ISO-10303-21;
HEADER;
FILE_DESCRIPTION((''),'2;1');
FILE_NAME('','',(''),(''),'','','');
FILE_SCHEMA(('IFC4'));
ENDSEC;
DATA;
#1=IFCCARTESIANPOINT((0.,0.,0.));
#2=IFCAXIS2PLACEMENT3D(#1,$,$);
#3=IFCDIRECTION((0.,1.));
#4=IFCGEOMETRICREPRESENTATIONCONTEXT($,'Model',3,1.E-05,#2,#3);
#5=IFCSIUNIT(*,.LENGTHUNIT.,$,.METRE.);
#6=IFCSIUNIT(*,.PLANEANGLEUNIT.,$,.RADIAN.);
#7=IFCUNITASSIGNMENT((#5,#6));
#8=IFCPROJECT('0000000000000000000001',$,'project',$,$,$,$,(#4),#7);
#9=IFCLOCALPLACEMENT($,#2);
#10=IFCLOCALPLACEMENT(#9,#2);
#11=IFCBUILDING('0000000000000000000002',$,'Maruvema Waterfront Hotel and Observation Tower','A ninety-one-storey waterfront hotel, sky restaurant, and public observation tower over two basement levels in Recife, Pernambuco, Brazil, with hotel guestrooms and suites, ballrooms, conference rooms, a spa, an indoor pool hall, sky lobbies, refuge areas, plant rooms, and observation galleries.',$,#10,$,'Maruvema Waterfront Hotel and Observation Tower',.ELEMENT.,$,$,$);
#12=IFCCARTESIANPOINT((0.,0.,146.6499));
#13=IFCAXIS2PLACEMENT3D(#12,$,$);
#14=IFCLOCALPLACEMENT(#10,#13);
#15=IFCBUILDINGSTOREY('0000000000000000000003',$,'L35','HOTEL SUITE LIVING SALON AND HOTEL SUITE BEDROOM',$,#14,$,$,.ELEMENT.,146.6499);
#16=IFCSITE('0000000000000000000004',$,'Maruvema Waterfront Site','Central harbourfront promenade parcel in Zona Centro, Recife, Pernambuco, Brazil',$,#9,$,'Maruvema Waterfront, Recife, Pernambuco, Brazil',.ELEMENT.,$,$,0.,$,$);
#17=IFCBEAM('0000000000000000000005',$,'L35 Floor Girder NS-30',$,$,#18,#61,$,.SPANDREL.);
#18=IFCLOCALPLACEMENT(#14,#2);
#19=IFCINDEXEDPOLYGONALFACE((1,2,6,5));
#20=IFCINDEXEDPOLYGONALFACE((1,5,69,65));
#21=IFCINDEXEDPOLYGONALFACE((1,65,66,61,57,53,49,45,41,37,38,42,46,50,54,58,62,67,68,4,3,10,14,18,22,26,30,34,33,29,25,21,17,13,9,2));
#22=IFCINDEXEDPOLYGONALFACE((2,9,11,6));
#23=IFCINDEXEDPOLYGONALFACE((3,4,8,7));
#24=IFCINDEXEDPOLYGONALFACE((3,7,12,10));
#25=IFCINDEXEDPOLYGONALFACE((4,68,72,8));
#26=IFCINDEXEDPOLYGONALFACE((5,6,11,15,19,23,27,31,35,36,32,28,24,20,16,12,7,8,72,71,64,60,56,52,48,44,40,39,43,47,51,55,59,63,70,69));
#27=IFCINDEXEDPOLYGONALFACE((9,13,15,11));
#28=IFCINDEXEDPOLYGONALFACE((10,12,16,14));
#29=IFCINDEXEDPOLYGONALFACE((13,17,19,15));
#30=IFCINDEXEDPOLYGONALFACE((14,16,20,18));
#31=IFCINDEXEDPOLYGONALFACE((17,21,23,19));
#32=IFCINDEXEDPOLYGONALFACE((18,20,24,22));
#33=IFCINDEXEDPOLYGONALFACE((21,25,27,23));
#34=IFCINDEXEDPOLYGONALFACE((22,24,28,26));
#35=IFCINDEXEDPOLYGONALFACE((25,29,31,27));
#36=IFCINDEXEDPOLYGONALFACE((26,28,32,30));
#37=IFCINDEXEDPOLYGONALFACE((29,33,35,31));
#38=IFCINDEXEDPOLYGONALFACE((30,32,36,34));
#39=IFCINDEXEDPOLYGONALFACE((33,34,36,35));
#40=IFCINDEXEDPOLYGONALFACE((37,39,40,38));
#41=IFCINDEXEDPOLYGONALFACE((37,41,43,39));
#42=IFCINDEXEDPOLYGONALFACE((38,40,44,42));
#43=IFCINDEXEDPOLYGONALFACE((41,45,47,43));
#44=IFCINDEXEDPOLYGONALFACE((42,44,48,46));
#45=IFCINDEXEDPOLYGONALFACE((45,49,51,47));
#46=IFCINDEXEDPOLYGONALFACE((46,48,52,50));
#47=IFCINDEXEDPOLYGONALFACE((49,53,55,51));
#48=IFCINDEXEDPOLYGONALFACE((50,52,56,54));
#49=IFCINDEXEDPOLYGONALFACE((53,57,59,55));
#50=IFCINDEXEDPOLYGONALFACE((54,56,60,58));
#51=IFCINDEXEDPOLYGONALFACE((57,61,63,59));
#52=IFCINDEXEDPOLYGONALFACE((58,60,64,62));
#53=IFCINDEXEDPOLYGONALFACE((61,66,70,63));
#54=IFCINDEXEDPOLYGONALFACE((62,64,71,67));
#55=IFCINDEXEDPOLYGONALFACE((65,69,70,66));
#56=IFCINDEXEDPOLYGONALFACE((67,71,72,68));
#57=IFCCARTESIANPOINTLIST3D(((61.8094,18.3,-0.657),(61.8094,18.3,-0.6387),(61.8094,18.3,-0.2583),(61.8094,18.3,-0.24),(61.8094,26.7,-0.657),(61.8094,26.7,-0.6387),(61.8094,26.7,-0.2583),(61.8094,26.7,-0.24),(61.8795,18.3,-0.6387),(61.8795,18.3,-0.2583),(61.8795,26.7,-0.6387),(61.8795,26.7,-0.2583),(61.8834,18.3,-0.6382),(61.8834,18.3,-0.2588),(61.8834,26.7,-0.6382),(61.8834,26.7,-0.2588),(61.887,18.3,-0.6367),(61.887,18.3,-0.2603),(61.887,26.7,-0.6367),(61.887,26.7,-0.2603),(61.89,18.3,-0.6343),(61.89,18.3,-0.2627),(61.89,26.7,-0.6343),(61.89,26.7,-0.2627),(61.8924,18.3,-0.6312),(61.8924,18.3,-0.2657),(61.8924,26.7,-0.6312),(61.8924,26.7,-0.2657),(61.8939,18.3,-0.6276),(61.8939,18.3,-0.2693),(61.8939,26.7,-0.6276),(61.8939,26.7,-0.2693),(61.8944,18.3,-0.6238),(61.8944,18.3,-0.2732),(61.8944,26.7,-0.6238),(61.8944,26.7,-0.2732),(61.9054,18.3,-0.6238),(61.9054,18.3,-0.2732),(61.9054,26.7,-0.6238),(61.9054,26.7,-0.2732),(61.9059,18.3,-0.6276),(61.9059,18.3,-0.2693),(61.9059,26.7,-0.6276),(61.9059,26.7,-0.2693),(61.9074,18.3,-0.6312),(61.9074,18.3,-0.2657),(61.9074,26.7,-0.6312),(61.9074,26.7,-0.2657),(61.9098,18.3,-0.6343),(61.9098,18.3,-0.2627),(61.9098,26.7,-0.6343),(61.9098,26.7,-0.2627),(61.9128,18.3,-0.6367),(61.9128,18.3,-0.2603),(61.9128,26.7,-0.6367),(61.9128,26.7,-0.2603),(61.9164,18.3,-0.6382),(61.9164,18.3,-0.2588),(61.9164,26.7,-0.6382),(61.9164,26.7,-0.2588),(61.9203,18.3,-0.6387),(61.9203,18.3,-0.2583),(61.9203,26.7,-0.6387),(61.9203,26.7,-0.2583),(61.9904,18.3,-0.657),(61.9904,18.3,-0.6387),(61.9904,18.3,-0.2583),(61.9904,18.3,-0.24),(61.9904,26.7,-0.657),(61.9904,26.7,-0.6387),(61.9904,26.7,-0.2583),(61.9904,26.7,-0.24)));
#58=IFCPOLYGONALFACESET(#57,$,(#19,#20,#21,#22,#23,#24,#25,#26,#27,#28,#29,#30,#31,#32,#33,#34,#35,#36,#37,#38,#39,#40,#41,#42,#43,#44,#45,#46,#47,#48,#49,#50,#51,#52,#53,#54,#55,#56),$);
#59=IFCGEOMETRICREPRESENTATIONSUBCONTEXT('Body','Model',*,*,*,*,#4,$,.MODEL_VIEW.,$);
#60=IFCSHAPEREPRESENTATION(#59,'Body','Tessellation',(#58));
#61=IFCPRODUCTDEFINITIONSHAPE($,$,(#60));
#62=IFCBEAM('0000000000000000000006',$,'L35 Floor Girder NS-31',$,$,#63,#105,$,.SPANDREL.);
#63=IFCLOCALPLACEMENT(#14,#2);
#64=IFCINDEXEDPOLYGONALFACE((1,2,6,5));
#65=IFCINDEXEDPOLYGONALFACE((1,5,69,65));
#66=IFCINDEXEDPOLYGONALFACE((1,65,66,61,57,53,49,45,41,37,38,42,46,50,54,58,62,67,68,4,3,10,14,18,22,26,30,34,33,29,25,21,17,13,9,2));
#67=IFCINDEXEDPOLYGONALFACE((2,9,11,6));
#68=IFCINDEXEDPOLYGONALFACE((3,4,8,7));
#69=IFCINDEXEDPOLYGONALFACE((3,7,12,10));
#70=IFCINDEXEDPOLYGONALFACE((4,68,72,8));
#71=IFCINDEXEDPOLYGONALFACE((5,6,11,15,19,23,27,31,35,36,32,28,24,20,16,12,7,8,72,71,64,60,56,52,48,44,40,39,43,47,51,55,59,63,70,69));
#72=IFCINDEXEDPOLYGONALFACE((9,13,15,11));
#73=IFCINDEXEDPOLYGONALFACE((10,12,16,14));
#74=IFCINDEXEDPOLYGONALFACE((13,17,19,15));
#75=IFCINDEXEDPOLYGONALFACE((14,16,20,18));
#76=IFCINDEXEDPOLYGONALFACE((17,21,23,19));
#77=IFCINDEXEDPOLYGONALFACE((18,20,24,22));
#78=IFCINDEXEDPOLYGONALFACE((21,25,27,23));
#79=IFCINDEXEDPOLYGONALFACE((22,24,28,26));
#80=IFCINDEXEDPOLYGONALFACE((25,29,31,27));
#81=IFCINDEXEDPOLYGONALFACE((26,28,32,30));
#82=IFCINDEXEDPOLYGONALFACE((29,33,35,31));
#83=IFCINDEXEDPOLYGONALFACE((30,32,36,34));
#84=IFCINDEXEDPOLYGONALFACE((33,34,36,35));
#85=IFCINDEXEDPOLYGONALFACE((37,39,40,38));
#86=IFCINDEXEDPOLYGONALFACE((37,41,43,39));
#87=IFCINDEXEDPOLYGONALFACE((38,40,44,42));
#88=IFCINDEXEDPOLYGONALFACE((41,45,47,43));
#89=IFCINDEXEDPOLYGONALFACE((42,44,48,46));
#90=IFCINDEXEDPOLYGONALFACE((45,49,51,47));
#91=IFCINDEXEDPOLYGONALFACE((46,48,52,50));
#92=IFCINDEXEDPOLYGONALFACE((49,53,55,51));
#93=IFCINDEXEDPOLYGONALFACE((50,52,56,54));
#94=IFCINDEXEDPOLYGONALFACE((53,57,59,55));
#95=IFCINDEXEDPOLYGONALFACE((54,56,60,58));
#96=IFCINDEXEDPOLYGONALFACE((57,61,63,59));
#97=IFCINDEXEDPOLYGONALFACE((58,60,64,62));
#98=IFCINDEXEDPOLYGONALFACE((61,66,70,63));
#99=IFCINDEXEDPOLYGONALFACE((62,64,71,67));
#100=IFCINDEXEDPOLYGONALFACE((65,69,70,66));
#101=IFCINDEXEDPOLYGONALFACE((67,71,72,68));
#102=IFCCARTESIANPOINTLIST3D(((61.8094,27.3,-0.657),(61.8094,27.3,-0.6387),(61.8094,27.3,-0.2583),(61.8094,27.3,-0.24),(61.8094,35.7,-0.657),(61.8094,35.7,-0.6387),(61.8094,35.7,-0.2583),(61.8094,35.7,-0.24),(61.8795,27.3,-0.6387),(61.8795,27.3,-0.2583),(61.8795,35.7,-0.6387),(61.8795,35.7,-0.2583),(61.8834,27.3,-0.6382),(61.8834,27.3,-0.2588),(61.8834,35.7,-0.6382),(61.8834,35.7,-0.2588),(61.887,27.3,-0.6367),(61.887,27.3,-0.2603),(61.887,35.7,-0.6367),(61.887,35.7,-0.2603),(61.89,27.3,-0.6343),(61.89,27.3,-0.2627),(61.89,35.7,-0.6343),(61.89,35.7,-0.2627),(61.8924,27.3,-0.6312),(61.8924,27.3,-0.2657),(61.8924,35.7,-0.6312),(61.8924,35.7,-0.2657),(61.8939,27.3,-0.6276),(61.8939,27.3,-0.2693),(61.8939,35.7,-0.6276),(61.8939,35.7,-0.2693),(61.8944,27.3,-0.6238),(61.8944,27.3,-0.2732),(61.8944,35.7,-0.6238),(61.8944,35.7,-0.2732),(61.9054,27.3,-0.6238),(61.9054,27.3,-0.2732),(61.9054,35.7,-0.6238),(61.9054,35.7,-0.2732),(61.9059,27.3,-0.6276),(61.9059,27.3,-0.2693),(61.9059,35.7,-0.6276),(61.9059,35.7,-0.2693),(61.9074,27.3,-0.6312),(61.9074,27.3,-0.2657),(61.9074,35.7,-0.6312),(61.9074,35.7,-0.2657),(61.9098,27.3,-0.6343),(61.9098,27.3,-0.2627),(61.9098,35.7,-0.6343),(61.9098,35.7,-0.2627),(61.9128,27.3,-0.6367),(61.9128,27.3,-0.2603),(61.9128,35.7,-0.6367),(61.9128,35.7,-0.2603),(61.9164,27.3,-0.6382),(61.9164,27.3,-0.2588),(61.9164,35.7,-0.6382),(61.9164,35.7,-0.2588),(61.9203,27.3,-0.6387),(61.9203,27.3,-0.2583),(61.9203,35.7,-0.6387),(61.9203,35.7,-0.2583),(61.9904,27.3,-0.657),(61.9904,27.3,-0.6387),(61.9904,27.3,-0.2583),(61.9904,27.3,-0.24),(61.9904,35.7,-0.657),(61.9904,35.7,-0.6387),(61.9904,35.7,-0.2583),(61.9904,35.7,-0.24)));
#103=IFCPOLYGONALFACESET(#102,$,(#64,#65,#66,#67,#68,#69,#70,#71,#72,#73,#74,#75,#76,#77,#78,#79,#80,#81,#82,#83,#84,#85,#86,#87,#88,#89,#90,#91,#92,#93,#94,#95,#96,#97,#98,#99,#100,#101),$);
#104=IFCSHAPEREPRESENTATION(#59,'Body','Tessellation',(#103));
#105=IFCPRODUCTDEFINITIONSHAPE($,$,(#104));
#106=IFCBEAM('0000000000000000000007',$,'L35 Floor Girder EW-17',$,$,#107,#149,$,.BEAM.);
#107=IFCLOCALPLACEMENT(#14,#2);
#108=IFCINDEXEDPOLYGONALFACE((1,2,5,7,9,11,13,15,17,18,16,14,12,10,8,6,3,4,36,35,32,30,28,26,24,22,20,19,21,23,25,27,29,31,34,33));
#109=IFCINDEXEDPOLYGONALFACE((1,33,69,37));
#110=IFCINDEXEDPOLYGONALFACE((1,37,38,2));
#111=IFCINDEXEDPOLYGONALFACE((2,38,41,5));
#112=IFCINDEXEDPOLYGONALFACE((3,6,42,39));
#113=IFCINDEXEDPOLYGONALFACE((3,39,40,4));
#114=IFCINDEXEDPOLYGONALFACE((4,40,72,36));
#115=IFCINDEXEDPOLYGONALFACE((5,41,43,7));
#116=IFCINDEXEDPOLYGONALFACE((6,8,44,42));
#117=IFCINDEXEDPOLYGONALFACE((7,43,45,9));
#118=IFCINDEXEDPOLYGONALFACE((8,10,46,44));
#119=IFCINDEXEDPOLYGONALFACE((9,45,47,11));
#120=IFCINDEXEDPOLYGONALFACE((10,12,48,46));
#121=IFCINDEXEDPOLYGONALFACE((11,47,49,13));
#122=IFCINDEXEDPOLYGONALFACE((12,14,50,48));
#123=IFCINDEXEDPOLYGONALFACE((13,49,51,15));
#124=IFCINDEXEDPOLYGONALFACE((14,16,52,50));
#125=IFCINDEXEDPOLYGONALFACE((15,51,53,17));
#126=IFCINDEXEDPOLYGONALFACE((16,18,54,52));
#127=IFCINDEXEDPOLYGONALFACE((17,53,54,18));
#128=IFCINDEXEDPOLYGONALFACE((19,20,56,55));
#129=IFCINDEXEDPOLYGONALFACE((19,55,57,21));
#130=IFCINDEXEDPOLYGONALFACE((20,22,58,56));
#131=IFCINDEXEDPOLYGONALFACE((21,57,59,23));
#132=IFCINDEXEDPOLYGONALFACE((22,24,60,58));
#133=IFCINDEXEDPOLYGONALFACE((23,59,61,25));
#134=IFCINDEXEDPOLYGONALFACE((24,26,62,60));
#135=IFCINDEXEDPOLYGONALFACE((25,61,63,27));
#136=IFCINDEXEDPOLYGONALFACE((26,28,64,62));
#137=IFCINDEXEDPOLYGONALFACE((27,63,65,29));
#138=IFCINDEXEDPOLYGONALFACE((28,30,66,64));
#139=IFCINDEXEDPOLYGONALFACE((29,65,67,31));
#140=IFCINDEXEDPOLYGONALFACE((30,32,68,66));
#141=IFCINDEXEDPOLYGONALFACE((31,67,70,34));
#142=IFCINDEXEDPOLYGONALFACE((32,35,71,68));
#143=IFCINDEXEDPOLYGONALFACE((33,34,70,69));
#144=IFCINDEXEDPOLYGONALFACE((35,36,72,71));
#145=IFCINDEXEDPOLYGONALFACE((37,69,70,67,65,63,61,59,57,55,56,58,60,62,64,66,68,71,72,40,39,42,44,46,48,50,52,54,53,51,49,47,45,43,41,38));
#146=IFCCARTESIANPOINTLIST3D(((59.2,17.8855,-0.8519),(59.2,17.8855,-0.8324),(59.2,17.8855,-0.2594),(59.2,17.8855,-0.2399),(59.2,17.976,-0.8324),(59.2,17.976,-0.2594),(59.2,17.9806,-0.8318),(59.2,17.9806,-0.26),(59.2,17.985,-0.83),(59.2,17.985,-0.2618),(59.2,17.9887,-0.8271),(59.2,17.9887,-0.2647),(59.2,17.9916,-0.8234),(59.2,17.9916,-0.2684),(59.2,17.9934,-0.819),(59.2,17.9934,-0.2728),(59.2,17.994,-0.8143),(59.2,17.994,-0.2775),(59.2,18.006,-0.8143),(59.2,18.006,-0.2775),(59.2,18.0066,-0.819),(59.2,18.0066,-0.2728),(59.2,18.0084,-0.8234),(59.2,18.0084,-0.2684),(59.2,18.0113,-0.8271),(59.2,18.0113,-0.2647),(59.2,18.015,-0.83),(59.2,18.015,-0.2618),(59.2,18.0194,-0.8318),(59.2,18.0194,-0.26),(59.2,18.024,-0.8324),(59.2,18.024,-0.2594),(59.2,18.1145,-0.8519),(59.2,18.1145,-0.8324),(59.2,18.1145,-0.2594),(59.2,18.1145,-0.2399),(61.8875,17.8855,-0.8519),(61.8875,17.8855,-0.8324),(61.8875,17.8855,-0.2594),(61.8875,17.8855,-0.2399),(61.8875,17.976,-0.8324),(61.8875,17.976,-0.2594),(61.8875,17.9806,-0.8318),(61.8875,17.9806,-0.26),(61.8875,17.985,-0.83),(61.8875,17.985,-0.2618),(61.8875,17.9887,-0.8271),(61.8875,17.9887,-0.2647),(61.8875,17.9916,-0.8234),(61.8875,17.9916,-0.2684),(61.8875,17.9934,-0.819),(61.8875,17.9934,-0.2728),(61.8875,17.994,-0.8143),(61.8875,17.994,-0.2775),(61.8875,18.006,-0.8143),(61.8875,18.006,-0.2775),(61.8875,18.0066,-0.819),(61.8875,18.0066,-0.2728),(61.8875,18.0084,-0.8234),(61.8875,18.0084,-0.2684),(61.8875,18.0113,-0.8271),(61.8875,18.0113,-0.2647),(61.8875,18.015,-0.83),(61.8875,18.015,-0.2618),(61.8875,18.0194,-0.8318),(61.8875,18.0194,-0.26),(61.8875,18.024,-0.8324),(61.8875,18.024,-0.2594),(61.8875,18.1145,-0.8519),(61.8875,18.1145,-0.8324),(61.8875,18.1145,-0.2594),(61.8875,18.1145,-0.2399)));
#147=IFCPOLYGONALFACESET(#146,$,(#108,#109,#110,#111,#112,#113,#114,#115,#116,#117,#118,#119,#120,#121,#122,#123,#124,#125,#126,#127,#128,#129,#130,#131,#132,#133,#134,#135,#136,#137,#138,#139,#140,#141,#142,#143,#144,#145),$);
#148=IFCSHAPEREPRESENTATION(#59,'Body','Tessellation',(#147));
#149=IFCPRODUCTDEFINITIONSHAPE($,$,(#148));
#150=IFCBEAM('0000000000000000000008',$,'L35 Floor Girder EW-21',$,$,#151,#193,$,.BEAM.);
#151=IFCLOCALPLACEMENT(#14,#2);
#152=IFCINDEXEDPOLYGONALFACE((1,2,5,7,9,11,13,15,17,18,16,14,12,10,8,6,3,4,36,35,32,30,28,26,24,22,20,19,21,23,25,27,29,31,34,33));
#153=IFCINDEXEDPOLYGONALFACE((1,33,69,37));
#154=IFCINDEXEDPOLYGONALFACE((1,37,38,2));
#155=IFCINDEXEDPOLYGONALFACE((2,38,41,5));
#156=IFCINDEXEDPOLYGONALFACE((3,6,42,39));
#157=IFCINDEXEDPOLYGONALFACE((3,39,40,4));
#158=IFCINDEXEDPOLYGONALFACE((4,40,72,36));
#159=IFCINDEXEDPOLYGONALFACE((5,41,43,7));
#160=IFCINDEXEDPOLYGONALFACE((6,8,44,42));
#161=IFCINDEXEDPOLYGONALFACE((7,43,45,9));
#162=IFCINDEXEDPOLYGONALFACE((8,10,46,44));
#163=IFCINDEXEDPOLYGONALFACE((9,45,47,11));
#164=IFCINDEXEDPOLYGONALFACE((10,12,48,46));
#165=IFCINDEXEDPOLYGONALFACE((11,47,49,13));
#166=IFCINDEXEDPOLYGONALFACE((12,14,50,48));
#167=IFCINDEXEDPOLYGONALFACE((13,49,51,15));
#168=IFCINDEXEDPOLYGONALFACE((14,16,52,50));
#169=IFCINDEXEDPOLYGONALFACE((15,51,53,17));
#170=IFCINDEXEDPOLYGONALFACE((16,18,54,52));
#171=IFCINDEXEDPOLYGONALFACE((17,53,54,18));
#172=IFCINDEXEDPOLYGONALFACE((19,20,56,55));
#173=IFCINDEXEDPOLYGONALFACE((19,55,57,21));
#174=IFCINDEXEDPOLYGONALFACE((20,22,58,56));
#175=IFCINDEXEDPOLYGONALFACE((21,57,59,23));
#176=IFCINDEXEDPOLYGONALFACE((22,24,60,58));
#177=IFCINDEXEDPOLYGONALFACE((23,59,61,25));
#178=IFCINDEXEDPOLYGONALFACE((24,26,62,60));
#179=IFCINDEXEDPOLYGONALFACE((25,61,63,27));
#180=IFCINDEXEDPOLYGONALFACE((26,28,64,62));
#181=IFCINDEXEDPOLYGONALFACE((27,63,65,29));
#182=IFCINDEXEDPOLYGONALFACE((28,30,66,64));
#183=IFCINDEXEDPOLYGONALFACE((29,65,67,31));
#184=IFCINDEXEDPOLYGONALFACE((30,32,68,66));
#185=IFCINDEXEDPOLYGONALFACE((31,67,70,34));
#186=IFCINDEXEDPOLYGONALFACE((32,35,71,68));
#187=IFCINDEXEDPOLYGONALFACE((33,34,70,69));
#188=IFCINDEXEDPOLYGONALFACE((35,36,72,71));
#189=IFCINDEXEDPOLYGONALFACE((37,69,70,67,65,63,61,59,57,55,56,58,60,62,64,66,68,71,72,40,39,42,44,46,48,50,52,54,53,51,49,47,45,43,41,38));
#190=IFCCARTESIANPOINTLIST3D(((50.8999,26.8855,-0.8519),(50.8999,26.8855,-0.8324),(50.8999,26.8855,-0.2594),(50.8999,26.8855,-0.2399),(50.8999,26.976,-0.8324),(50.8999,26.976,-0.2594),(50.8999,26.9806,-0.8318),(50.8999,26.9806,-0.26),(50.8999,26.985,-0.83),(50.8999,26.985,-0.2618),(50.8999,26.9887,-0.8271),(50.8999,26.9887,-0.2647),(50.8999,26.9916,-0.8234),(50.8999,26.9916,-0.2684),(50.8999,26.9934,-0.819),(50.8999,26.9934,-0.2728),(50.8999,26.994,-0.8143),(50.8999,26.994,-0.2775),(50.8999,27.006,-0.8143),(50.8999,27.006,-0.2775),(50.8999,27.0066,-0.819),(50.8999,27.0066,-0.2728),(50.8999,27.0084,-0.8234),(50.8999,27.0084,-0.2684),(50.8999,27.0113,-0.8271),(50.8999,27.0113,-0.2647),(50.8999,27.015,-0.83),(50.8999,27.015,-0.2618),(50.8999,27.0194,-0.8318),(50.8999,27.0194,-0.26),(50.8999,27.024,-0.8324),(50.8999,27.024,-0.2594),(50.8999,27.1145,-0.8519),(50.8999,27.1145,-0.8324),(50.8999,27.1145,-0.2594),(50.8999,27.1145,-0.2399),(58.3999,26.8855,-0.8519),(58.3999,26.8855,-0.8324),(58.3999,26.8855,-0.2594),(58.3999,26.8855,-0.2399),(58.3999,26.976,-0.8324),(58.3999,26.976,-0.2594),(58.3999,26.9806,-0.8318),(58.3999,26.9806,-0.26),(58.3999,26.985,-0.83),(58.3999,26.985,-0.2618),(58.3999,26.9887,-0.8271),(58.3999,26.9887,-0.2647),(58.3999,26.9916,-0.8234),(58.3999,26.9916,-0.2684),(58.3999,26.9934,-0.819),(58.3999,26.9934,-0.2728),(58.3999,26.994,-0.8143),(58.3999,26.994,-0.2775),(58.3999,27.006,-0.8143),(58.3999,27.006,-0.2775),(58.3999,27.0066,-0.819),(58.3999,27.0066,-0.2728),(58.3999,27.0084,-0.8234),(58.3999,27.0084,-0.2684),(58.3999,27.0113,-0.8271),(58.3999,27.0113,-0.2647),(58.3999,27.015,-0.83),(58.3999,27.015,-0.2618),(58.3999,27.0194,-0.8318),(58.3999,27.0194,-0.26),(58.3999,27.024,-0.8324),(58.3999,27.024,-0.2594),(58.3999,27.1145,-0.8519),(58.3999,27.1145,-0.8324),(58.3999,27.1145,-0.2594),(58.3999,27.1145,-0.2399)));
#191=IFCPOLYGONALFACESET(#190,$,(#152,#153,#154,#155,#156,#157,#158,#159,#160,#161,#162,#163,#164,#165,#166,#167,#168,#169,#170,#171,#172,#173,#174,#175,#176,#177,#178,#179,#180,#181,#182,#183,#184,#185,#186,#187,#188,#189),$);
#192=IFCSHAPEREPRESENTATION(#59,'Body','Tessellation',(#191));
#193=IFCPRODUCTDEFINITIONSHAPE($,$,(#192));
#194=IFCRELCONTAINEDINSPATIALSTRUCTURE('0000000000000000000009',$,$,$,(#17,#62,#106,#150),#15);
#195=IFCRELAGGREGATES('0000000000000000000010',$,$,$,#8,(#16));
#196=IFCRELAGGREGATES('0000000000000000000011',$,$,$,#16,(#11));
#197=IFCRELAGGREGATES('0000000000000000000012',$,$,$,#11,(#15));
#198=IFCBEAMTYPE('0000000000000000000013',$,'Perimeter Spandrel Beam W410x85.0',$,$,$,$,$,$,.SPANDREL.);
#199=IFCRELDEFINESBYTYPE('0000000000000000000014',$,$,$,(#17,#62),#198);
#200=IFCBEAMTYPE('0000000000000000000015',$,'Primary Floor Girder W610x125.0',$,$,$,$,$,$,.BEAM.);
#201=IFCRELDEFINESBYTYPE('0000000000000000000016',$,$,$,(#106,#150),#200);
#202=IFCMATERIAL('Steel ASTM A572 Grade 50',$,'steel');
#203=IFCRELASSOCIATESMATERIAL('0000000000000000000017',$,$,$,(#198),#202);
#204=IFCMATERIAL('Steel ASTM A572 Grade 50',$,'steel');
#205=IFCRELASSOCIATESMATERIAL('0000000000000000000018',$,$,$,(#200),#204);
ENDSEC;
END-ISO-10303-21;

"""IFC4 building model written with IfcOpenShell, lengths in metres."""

from ifc_helpers import new_model, si_unit, direction, frame, origin, origin_2d, place, context, subcontext, project, spatial, i_section, extrude, material, material_profile, profile_set, type_object, element, save


model = new_model("IFC4")

# Units and contexts
model_context = context("Model", 3, precision=1e-05, world=origin(), true_north=direction((0.0, 1.0)))
body_context = subcontext(model_context, "Body", "Model", "MODEL_VIEW")
ifc_project = project(units=[si_unit("LENGTHUNIT", "METRE"), si_unit("PLANEANGLEUNIT", "RADIAN")], contexts=[model_context])

# Site, building, storey
site_placement = place(None, origin())
site = spatial("IfcSite", under=ifc_project, at=site_placement, Name="Maruvema Waterfront Site", Description="Central harbourfront promenade parcel in Zona Centro, Recife, Pernambuco, Brazil", LongName="Maruvema Waterfront, Recife, Pernambuco, Brazil", CompositionType="ELEMENT", RefElevation=0.0)
building_placement = place(site_placement, origin())
building = spatial("IfcBuilding", under=site, at=building_placement, Name="Maruvema Waterfront Hotel and Observation Tower", Description="A ninety-one-storey waterfront hotel, sky restaurant, and public observation tower over two basement levels in Recife, Pernambuco, Brazil, with hotel guestrooms and suites, ballrooms, conference rooms, a spa, an indoor pool hall, sky lobbies, refuge areas, plant rooms, and observation galleries.", LongName="Maruvema Waterfront Hotel and Observation Tower", CompositionType="ELEMENT")
storey_placement = place(building_placement, frame((0.0, 0.0, 146.6499)))
storey = spatial("IfcBuildingStorey", under=building, at=storey_placement, Name="L35", Description="HOTEL SUITE LIVING SALON AND HOTEL SUITE BEDROOM", CompositionType="ELEMENT", Elevation=146.6499)

# Beams
ifc_material_1 = material(Name="Steel ASTM A572 Grade 50", Category="steel")
ifc_material_profile_1 = material_profile(ifc_material_1, i_section(OverallWidth=0.1809, OverallDepth=0.417, WebThickness=0.011, FlangeThickness=0.0183, FilletRadius=0.0149, at=origin_2d()), Name="W410x85.0")
ifc_profile_set_1 = profile_set([ifc_material_profile_1], Name="Steel ASTM A572 Grade 50")
beam_type_1 = type_object("IfcBeamType", Name="Perimeter Spandrel Beam W410x85.0", PredefinedType="SPANDREL", material=ifc_profile_set_1)
for number, where, z_axis, x_axis, name in (
    (1, (61.8999, 18.3, -0.4485), (0.0, 1.0, 0.0), (-1.0, 0.0, 0.0), "L35 Floor Girder NS-30"),
    (2, (61.8999, 27.3, -0.4485), (0.0, 1.0, 0.0), (-1.0, 0.0, 0.0), "L35 Floor Girder NS-31"),
):
    element("IfcBeam", number, at=place(storey_placement, frame(where, z_axis=z_axis, x_axis=x_axis)), inside=storey, type_object=beam_type_1, Name=name, PredefinedType="SPANDREL", context=body_context, shape_type="SweptSolid", body=[
        extrude(i_section(OverallWidth=0.1809, OverallDepth=0.417, WebThickness=0.011, FlangeThickness=0.0183, FilletRadius=0.0149, at=origin_2d()), origin(), (0.0, 0.0, 1.0), 8.3999),
    ])
ifc_material_2 = material(Name="Steel ASTM A572 Grade 50", Category="steel")
ifc_material_profile_2 = material_profile(ifc_material_2, i_section(OverallWidth=0.229, OverallDepth=0.6121, WebThickness=0.012, FlangeThickness=0.0195, FilletRadius=0.0181, at=origin_2d()), Name="W610x125.0")
ifc_profile_set_2 = profile_set([ifc_material_profile_2], Name="Steel ASTM A572 Grade 50")
beam_type_2 = type_object("IfcBeamType", Name="Primary Floor Girder W610x125.0", PredefinedType="BEAM", material=ifc_profile_set_2)
beam_1_placement = place(storey_placement, frame((59.2, 18.0, -0.5459), z_axis=(1.0, 0.0, 0.0), x_axis=(0.0, 1.0, 0.0)))
element("IfcBeam", 3, at=beam_1_placement, inside=storey, type_object=beam_type_2, Name="L35 Floor Girder EW-17", PredefinedType="BEAM", context=body_context, shape_type="SweptSolid", body=[
    extrude(i_section(OverallWidth=0.229, OverallDepth=0.6121, WebThickness=0.012, FlangeThickness=0.0195, FilletRadius=0.0181, at=origin_2d()), origin(), (0.0, 0.0, 1.0), 2.6875),
])
beam_2_placement = place(storey_placement, frame((50.8999, 27.0, -0.5459), z_axis=(1.0, 0.0, 0.0), x_axis=(0.0, 1.0, 0.0)))
element("IfcBeam", 4, at=beam_2_placement, inside=storey, type_object=beam_type_2, Name="L35 Floor Girder EW-21", PredefinedType="BEAM", context=body_context, shape_type="SweptSolid", body=[
    extrude(i_section(OverallWidth=0.229, OverallDepth=0.6121, WebThickness=0.012, FlangeThickness=0.0195, FilletRadius=0.0181, at=origin_2d()), origin(), (0.0, 0.0, 1.0), 7.5),
])

save(model, "model.ifc")
